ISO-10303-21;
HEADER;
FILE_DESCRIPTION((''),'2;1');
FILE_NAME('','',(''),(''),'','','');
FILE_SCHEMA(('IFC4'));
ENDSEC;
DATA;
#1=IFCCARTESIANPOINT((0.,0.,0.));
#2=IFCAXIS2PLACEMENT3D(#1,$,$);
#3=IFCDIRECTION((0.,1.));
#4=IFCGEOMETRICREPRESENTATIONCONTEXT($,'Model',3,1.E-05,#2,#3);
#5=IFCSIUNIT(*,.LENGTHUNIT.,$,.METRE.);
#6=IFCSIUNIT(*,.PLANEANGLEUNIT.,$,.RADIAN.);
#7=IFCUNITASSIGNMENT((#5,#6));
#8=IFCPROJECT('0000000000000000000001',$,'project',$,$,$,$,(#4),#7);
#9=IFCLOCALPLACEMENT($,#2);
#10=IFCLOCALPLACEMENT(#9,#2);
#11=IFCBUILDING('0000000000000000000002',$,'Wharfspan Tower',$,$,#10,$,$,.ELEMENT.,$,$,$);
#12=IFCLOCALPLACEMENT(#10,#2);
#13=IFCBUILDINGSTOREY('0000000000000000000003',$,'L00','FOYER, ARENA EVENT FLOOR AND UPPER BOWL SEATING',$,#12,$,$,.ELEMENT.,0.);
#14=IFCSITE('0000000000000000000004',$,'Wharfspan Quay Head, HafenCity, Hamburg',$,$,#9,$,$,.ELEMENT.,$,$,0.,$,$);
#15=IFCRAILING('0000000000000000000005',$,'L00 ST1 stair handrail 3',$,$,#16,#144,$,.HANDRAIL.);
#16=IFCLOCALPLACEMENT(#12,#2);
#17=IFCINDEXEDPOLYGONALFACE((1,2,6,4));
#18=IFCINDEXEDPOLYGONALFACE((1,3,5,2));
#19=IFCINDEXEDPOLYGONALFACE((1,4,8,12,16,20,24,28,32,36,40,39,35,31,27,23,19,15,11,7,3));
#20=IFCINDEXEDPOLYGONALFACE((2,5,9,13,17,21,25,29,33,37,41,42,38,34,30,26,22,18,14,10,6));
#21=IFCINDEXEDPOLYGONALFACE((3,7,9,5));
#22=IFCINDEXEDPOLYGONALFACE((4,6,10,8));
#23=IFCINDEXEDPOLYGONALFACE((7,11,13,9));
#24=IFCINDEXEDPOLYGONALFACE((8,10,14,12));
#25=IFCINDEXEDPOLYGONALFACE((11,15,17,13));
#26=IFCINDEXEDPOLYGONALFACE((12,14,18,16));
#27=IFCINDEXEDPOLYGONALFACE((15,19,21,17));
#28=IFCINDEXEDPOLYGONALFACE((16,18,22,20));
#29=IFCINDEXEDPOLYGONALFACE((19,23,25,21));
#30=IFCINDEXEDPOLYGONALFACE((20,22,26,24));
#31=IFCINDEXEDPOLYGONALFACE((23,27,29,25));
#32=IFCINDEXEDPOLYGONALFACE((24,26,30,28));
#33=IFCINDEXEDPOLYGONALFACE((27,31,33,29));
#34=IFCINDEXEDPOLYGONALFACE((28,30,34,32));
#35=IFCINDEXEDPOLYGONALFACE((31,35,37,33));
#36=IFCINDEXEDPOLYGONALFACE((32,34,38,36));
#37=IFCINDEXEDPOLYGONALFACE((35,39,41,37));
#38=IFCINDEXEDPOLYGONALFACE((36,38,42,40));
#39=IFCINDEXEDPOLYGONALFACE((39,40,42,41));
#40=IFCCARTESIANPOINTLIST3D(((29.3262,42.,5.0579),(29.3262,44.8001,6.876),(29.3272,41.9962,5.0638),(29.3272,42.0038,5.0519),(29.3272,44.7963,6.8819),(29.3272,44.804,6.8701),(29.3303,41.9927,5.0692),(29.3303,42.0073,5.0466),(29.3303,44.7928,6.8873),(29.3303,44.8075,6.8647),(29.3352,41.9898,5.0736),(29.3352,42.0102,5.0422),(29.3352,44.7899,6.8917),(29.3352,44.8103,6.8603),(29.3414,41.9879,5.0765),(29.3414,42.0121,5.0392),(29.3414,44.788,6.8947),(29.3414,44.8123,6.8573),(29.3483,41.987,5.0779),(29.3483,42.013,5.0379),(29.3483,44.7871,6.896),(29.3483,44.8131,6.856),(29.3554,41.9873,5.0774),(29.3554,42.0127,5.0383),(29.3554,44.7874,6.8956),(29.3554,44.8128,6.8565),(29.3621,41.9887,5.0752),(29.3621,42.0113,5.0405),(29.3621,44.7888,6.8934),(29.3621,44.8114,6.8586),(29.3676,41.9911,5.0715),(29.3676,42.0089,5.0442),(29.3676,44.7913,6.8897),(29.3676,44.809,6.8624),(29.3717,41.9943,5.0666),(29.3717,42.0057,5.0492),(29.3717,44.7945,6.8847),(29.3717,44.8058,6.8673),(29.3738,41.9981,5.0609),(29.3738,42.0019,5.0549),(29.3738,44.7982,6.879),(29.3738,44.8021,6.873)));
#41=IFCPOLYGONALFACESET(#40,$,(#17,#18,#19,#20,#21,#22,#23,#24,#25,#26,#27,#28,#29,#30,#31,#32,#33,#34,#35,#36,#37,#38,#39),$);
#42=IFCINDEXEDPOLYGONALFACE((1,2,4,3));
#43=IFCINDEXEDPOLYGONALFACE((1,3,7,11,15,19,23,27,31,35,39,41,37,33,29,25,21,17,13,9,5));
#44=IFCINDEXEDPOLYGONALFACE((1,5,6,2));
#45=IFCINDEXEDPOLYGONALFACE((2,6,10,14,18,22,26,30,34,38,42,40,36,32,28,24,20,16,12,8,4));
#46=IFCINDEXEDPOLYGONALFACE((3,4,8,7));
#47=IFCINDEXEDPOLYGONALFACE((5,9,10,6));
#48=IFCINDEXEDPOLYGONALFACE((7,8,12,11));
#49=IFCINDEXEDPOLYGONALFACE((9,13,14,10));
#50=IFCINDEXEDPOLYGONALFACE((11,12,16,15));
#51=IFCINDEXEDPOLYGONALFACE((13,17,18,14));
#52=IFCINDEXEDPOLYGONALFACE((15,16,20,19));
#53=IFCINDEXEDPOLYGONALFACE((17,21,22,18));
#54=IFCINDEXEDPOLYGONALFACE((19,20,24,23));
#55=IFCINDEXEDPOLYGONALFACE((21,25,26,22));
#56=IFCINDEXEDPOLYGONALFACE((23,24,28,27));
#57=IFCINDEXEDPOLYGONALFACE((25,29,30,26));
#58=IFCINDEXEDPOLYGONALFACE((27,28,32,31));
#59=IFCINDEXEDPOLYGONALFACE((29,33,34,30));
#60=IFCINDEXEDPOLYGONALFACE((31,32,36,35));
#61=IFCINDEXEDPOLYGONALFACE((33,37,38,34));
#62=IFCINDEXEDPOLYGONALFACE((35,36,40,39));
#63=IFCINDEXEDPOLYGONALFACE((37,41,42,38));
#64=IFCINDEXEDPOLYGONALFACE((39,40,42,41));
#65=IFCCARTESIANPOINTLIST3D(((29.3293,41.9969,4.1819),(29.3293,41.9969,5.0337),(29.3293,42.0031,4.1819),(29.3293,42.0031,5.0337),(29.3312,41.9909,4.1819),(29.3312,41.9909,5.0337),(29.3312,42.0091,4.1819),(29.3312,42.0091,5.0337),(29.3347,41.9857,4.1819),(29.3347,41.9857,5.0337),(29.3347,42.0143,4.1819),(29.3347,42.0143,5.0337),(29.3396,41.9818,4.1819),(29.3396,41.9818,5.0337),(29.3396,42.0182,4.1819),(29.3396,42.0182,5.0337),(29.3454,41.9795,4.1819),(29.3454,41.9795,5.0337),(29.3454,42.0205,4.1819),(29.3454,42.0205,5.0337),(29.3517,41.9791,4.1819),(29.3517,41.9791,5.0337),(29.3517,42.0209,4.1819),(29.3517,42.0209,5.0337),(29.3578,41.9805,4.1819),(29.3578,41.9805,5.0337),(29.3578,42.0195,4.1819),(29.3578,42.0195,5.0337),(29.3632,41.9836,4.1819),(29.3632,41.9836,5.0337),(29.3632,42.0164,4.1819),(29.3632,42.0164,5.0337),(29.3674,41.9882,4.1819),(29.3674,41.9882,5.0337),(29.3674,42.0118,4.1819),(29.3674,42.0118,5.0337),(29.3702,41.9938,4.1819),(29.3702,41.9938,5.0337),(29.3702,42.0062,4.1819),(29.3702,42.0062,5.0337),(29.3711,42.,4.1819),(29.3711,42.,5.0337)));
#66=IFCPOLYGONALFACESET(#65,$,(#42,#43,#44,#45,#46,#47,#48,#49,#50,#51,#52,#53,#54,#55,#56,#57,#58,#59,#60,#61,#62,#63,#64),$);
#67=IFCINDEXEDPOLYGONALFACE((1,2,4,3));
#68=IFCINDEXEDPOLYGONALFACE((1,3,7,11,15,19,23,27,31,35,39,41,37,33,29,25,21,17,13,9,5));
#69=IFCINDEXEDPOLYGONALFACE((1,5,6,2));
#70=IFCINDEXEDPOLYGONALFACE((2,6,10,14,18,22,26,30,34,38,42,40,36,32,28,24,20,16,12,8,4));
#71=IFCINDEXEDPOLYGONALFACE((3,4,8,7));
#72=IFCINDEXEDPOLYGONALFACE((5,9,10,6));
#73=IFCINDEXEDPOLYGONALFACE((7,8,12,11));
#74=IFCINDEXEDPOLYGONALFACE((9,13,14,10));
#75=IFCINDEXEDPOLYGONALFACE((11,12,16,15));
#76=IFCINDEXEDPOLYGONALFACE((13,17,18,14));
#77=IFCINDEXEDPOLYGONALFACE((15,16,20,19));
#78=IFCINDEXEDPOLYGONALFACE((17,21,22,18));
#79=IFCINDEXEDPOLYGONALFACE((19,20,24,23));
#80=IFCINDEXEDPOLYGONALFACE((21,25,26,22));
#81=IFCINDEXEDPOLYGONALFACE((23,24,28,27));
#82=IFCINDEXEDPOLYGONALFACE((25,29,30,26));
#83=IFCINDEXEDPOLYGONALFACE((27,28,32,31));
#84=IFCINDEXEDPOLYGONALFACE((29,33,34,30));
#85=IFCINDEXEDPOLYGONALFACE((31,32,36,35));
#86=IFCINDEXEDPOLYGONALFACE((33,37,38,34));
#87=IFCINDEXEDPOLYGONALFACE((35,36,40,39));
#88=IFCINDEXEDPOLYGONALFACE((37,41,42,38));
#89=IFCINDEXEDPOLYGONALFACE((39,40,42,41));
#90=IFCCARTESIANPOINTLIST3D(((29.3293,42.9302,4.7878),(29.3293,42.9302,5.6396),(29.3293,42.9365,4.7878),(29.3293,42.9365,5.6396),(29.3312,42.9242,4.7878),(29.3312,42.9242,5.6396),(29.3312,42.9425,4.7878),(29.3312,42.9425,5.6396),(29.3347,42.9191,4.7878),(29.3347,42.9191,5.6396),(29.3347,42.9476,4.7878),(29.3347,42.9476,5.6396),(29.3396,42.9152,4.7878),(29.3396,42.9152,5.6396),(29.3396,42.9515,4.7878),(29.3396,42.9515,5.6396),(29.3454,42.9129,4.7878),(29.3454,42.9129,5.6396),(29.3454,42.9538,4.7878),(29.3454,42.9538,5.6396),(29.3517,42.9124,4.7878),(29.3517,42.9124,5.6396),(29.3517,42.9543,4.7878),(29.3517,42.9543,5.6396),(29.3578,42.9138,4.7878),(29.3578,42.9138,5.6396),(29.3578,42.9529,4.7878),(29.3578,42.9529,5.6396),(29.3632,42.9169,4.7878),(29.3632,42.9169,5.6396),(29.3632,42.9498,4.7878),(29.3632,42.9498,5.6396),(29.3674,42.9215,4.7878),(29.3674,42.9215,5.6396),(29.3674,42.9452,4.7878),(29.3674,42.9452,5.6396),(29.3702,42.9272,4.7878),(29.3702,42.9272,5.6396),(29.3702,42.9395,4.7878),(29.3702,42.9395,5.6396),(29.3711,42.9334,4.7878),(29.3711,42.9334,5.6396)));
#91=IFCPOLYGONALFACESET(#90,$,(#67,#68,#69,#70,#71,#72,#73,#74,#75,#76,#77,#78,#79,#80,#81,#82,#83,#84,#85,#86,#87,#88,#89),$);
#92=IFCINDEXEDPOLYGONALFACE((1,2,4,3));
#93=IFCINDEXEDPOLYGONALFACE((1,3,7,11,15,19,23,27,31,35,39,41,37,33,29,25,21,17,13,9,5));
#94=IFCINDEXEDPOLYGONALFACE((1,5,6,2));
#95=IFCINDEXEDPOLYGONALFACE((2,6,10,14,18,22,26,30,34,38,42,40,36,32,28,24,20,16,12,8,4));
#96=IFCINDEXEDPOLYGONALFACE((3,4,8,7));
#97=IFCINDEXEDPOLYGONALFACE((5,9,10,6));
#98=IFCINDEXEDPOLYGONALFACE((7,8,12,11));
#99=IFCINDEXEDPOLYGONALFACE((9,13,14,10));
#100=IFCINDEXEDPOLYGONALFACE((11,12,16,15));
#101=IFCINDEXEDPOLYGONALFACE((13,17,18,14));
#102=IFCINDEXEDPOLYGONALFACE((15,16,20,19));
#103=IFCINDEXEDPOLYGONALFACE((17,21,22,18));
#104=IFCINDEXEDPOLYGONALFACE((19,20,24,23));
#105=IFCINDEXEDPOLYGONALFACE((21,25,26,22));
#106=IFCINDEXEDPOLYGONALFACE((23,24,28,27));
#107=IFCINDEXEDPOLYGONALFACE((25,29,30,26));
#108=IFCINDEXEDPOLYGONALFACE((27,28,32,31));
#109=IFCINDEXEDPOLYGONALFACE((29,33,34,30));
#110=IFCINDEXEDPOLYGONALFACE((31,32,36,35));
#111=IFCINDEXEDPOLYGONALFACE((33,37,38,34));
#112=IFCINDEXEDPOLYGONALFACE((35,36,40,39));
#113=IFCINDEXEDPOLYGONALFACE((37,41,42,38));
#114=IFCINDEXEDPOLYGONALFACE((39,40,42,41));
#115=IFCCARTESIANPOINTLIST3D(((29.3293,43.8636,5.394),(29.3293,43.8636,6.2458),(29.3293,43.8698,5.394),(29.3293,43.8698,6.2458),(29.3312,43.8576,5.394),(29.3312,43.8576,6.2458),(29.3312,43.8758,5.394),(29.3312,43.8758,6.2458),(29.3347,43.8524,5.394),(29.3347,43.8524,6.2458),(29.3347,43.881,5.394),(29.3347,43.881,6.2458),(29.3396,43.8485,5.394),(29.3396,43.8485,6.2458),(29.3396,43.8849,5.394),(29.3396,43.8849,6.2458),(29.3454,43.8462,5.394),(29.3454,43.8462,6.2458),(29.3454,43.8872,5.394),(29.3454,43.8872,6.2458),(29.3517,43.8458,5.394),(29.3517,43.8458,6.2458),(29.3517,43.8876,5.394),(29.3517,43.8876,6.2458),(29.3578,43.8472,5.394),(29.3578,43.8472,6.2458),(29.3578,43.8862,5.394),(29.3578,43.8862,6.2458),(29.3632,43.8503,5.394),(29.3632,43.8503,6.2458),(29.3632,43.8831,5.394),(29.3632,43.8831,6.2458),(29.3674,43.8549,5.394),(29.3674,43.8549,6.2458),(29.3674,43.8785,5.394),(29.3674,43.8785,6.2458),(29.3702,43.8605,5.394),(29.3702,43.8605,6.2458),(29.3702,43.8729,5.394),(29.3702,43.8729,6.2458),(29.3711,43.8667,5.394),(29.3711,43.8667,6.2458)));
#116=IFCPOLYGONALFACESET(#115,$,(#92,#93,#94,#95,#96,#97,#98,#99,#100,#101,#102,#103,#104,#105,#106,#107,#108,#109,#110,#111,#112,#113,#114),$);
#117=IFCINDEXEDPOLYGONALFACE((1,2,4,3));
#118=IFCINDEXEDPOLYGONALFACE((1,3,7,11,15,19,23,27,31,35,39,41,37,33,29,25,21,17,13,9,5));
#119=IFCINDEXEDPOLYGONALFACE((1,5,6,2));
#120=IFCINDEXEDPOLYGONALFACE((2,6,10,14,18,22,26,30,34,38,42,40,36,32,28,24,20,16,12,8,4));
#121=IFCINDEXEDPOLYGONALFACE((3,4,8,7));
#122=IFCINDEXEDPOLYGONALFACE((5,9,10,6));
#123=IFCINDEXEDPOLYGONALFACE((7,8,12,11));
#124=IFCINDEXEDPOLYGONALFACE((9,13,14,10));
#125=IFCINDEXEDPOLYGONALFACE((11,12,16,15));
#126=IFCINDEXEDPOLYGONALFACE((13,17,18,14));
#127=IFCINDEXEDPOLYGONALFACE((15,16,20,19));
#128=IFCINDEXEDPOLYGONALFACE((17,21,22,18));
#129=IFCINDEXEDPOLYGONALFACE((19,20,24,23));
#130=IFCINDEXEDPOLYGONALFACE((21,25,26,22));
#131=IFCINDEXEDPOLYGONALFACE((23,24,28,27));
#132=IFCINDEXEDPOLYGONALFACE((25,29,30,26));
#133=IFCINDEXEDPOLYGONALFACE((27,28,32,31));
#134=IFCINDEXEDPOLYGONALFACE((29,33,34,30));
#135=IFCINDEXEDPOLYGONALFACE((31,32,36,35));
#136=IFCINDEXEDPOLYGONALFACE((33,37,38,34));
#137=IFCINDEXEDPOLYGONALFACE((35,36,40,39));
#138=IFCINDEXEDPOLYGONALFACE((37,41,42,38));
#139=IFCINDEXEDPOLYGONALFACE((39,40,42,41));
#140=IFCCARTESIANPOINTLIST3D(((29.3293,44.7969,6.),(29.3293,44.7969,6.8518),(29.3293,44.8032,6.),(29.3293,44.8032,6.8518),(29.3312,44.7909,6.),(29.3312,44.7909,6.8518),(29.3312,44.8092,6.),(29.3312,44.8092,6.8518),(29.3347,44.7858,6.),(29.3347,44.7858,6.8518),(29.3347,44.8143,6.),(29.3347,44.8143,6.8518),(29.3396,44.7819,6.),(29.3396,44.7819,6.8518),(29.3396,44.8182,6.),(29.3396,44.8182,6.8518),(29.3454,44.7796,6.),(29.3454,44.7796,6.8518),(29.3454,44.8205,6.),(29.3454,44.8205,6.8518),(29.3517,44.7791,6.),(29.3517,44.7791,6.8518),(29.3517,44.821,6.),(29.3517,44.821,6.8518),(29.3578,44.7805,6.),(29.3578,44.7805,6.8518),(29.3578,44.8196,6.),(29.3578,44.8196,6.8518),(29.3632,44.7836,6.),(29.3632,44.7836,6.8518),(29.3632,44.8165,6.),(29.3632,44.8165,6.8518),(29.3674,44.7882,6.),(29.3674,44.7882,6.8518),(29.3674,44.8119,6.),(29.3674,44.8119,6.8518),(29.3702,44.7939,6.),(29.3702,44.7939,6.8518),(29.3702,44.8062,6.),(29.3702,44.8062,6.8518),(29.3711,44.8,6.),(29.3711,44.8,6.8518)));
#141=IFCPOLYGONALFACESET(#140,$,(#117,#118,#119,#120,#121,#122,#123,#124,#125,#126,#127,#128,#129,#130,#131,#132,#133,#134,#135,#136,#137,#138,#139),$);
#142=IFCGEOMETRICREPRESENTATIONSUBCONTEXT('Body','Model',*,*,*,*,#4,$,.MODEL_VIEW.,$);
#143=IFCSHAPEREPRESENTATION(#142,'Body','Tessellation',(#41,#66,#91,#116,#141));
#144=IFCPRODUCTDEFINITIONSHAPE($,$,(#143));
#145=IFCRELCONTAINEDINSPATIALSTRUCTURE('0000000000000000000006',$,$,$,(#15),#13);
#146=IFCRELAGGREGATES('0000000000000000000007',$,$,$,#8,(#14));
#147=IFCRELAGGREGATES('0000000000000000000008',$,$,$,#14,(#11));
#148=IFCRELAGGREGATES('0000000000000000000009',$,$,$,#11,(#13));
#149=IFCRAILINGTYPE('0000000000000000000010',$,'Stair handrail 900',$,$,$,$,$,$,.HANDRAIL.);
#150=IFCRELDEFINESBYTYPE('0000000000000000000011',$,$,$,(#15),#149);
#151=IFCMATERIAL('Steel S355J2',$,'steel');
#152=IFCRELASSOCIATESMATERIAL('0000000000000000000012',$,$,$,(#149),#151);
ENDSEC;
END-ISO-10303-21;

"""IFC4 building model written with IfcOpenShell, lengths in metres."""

from ifc_helpers import new_model, si_unit, direction, frame, origin, origin_2d, place, context, subcontext, project, spatial, circle, extrude, material, type_object, element, save


model = new_model("IFC4")

# Units and contexts
model_context = context("Model", 3, precision=1e-05, world=origin(), true_north=direction((0.0, 1.0)))
body_context = subcontext(model_context, "Body", "Model", "MODEL_VIEW")
ifc_project = project(units=[si_unit("LENGTHUNIT", "METRE"), si_unit("PLANEANGLEUNIT", "RADIAN")], contexts=[model_context])

# Site, building, storey
site_placement = place(None, origin())
site = spatial("IfcSite", under=ifc_project, at=site_placement, Name="Wharfspan Quay Head, HafenCity, Hamburg", CompositionType="ELEMENT", RefElevation=0.0)
building_placement = place(site_placement, origin())
building = spatial("IfcBuilding", under=site, at=building_placement, Name="Wharfspan Tower", CompositionType="ELEMENT")
storey_placement = place(building_placement, origin())
storey = spatial("IfcBuildingStorey", under=building, at=storey_placement, Name="L00", Description="FOYER, ARENA EVENT FLOOR AND UPPER BOWL SEATING", CompositionType="ELEMENT", Elevation=0.0)

# Railing
ifc_material_1 = material(Name="Steel S355J2", Category="steel")
railing_type_1 = type_object("IfcRailingType", Name="Stair handrail 900", PredefinedType="HANDRAIL", material=ifc_material_1)
for number, where, name in (
    (1, (29.3501, 42.0, 4.1819), "L00 ST1 stair handrail 3"),
):
    element("IfcRailing", number, at=place(storey_placement, frame(where)), inside=storey, type_object=railing_type_1, Name=name, PredefinedType="HANDRAIL", context=body_context, shape_type="SweptSolid", body=[
        extrude(circle(Radius=0.0239, at=origin_2d()), frame((0.0, 0.0, 0.876), z_axis=(0.0, 0.838706, 0.544585), x_axis=(-1.0, 0.0, 0.0)), (0.0, 0.0, 1.0), 3.3386),
        extrude(circle(Radius=0.021, at=origin_2d()), origin(), (0.0, 0.0, 1.0), 0.8518),
        extrude(circle(Radius=0.021, at=origin_2d()), frame((0.0, 0.9334, 0.606)), (0.0, 0.0, 1.0), 0.8518),
        extrude(circle(Radius=0.021, at=origin_2d()), frame((0.0, 1.8667, 1.2122)), (0.0, 0.0, 1.0), 0.8518),
        extrude(circle(Radius=0.021, at=origin_2d()), frame((0.0, 2.8, 1.8181)), (0.0, 0.0, 1.0), 0.8518),
    ])

save(model, "model.ifc")
